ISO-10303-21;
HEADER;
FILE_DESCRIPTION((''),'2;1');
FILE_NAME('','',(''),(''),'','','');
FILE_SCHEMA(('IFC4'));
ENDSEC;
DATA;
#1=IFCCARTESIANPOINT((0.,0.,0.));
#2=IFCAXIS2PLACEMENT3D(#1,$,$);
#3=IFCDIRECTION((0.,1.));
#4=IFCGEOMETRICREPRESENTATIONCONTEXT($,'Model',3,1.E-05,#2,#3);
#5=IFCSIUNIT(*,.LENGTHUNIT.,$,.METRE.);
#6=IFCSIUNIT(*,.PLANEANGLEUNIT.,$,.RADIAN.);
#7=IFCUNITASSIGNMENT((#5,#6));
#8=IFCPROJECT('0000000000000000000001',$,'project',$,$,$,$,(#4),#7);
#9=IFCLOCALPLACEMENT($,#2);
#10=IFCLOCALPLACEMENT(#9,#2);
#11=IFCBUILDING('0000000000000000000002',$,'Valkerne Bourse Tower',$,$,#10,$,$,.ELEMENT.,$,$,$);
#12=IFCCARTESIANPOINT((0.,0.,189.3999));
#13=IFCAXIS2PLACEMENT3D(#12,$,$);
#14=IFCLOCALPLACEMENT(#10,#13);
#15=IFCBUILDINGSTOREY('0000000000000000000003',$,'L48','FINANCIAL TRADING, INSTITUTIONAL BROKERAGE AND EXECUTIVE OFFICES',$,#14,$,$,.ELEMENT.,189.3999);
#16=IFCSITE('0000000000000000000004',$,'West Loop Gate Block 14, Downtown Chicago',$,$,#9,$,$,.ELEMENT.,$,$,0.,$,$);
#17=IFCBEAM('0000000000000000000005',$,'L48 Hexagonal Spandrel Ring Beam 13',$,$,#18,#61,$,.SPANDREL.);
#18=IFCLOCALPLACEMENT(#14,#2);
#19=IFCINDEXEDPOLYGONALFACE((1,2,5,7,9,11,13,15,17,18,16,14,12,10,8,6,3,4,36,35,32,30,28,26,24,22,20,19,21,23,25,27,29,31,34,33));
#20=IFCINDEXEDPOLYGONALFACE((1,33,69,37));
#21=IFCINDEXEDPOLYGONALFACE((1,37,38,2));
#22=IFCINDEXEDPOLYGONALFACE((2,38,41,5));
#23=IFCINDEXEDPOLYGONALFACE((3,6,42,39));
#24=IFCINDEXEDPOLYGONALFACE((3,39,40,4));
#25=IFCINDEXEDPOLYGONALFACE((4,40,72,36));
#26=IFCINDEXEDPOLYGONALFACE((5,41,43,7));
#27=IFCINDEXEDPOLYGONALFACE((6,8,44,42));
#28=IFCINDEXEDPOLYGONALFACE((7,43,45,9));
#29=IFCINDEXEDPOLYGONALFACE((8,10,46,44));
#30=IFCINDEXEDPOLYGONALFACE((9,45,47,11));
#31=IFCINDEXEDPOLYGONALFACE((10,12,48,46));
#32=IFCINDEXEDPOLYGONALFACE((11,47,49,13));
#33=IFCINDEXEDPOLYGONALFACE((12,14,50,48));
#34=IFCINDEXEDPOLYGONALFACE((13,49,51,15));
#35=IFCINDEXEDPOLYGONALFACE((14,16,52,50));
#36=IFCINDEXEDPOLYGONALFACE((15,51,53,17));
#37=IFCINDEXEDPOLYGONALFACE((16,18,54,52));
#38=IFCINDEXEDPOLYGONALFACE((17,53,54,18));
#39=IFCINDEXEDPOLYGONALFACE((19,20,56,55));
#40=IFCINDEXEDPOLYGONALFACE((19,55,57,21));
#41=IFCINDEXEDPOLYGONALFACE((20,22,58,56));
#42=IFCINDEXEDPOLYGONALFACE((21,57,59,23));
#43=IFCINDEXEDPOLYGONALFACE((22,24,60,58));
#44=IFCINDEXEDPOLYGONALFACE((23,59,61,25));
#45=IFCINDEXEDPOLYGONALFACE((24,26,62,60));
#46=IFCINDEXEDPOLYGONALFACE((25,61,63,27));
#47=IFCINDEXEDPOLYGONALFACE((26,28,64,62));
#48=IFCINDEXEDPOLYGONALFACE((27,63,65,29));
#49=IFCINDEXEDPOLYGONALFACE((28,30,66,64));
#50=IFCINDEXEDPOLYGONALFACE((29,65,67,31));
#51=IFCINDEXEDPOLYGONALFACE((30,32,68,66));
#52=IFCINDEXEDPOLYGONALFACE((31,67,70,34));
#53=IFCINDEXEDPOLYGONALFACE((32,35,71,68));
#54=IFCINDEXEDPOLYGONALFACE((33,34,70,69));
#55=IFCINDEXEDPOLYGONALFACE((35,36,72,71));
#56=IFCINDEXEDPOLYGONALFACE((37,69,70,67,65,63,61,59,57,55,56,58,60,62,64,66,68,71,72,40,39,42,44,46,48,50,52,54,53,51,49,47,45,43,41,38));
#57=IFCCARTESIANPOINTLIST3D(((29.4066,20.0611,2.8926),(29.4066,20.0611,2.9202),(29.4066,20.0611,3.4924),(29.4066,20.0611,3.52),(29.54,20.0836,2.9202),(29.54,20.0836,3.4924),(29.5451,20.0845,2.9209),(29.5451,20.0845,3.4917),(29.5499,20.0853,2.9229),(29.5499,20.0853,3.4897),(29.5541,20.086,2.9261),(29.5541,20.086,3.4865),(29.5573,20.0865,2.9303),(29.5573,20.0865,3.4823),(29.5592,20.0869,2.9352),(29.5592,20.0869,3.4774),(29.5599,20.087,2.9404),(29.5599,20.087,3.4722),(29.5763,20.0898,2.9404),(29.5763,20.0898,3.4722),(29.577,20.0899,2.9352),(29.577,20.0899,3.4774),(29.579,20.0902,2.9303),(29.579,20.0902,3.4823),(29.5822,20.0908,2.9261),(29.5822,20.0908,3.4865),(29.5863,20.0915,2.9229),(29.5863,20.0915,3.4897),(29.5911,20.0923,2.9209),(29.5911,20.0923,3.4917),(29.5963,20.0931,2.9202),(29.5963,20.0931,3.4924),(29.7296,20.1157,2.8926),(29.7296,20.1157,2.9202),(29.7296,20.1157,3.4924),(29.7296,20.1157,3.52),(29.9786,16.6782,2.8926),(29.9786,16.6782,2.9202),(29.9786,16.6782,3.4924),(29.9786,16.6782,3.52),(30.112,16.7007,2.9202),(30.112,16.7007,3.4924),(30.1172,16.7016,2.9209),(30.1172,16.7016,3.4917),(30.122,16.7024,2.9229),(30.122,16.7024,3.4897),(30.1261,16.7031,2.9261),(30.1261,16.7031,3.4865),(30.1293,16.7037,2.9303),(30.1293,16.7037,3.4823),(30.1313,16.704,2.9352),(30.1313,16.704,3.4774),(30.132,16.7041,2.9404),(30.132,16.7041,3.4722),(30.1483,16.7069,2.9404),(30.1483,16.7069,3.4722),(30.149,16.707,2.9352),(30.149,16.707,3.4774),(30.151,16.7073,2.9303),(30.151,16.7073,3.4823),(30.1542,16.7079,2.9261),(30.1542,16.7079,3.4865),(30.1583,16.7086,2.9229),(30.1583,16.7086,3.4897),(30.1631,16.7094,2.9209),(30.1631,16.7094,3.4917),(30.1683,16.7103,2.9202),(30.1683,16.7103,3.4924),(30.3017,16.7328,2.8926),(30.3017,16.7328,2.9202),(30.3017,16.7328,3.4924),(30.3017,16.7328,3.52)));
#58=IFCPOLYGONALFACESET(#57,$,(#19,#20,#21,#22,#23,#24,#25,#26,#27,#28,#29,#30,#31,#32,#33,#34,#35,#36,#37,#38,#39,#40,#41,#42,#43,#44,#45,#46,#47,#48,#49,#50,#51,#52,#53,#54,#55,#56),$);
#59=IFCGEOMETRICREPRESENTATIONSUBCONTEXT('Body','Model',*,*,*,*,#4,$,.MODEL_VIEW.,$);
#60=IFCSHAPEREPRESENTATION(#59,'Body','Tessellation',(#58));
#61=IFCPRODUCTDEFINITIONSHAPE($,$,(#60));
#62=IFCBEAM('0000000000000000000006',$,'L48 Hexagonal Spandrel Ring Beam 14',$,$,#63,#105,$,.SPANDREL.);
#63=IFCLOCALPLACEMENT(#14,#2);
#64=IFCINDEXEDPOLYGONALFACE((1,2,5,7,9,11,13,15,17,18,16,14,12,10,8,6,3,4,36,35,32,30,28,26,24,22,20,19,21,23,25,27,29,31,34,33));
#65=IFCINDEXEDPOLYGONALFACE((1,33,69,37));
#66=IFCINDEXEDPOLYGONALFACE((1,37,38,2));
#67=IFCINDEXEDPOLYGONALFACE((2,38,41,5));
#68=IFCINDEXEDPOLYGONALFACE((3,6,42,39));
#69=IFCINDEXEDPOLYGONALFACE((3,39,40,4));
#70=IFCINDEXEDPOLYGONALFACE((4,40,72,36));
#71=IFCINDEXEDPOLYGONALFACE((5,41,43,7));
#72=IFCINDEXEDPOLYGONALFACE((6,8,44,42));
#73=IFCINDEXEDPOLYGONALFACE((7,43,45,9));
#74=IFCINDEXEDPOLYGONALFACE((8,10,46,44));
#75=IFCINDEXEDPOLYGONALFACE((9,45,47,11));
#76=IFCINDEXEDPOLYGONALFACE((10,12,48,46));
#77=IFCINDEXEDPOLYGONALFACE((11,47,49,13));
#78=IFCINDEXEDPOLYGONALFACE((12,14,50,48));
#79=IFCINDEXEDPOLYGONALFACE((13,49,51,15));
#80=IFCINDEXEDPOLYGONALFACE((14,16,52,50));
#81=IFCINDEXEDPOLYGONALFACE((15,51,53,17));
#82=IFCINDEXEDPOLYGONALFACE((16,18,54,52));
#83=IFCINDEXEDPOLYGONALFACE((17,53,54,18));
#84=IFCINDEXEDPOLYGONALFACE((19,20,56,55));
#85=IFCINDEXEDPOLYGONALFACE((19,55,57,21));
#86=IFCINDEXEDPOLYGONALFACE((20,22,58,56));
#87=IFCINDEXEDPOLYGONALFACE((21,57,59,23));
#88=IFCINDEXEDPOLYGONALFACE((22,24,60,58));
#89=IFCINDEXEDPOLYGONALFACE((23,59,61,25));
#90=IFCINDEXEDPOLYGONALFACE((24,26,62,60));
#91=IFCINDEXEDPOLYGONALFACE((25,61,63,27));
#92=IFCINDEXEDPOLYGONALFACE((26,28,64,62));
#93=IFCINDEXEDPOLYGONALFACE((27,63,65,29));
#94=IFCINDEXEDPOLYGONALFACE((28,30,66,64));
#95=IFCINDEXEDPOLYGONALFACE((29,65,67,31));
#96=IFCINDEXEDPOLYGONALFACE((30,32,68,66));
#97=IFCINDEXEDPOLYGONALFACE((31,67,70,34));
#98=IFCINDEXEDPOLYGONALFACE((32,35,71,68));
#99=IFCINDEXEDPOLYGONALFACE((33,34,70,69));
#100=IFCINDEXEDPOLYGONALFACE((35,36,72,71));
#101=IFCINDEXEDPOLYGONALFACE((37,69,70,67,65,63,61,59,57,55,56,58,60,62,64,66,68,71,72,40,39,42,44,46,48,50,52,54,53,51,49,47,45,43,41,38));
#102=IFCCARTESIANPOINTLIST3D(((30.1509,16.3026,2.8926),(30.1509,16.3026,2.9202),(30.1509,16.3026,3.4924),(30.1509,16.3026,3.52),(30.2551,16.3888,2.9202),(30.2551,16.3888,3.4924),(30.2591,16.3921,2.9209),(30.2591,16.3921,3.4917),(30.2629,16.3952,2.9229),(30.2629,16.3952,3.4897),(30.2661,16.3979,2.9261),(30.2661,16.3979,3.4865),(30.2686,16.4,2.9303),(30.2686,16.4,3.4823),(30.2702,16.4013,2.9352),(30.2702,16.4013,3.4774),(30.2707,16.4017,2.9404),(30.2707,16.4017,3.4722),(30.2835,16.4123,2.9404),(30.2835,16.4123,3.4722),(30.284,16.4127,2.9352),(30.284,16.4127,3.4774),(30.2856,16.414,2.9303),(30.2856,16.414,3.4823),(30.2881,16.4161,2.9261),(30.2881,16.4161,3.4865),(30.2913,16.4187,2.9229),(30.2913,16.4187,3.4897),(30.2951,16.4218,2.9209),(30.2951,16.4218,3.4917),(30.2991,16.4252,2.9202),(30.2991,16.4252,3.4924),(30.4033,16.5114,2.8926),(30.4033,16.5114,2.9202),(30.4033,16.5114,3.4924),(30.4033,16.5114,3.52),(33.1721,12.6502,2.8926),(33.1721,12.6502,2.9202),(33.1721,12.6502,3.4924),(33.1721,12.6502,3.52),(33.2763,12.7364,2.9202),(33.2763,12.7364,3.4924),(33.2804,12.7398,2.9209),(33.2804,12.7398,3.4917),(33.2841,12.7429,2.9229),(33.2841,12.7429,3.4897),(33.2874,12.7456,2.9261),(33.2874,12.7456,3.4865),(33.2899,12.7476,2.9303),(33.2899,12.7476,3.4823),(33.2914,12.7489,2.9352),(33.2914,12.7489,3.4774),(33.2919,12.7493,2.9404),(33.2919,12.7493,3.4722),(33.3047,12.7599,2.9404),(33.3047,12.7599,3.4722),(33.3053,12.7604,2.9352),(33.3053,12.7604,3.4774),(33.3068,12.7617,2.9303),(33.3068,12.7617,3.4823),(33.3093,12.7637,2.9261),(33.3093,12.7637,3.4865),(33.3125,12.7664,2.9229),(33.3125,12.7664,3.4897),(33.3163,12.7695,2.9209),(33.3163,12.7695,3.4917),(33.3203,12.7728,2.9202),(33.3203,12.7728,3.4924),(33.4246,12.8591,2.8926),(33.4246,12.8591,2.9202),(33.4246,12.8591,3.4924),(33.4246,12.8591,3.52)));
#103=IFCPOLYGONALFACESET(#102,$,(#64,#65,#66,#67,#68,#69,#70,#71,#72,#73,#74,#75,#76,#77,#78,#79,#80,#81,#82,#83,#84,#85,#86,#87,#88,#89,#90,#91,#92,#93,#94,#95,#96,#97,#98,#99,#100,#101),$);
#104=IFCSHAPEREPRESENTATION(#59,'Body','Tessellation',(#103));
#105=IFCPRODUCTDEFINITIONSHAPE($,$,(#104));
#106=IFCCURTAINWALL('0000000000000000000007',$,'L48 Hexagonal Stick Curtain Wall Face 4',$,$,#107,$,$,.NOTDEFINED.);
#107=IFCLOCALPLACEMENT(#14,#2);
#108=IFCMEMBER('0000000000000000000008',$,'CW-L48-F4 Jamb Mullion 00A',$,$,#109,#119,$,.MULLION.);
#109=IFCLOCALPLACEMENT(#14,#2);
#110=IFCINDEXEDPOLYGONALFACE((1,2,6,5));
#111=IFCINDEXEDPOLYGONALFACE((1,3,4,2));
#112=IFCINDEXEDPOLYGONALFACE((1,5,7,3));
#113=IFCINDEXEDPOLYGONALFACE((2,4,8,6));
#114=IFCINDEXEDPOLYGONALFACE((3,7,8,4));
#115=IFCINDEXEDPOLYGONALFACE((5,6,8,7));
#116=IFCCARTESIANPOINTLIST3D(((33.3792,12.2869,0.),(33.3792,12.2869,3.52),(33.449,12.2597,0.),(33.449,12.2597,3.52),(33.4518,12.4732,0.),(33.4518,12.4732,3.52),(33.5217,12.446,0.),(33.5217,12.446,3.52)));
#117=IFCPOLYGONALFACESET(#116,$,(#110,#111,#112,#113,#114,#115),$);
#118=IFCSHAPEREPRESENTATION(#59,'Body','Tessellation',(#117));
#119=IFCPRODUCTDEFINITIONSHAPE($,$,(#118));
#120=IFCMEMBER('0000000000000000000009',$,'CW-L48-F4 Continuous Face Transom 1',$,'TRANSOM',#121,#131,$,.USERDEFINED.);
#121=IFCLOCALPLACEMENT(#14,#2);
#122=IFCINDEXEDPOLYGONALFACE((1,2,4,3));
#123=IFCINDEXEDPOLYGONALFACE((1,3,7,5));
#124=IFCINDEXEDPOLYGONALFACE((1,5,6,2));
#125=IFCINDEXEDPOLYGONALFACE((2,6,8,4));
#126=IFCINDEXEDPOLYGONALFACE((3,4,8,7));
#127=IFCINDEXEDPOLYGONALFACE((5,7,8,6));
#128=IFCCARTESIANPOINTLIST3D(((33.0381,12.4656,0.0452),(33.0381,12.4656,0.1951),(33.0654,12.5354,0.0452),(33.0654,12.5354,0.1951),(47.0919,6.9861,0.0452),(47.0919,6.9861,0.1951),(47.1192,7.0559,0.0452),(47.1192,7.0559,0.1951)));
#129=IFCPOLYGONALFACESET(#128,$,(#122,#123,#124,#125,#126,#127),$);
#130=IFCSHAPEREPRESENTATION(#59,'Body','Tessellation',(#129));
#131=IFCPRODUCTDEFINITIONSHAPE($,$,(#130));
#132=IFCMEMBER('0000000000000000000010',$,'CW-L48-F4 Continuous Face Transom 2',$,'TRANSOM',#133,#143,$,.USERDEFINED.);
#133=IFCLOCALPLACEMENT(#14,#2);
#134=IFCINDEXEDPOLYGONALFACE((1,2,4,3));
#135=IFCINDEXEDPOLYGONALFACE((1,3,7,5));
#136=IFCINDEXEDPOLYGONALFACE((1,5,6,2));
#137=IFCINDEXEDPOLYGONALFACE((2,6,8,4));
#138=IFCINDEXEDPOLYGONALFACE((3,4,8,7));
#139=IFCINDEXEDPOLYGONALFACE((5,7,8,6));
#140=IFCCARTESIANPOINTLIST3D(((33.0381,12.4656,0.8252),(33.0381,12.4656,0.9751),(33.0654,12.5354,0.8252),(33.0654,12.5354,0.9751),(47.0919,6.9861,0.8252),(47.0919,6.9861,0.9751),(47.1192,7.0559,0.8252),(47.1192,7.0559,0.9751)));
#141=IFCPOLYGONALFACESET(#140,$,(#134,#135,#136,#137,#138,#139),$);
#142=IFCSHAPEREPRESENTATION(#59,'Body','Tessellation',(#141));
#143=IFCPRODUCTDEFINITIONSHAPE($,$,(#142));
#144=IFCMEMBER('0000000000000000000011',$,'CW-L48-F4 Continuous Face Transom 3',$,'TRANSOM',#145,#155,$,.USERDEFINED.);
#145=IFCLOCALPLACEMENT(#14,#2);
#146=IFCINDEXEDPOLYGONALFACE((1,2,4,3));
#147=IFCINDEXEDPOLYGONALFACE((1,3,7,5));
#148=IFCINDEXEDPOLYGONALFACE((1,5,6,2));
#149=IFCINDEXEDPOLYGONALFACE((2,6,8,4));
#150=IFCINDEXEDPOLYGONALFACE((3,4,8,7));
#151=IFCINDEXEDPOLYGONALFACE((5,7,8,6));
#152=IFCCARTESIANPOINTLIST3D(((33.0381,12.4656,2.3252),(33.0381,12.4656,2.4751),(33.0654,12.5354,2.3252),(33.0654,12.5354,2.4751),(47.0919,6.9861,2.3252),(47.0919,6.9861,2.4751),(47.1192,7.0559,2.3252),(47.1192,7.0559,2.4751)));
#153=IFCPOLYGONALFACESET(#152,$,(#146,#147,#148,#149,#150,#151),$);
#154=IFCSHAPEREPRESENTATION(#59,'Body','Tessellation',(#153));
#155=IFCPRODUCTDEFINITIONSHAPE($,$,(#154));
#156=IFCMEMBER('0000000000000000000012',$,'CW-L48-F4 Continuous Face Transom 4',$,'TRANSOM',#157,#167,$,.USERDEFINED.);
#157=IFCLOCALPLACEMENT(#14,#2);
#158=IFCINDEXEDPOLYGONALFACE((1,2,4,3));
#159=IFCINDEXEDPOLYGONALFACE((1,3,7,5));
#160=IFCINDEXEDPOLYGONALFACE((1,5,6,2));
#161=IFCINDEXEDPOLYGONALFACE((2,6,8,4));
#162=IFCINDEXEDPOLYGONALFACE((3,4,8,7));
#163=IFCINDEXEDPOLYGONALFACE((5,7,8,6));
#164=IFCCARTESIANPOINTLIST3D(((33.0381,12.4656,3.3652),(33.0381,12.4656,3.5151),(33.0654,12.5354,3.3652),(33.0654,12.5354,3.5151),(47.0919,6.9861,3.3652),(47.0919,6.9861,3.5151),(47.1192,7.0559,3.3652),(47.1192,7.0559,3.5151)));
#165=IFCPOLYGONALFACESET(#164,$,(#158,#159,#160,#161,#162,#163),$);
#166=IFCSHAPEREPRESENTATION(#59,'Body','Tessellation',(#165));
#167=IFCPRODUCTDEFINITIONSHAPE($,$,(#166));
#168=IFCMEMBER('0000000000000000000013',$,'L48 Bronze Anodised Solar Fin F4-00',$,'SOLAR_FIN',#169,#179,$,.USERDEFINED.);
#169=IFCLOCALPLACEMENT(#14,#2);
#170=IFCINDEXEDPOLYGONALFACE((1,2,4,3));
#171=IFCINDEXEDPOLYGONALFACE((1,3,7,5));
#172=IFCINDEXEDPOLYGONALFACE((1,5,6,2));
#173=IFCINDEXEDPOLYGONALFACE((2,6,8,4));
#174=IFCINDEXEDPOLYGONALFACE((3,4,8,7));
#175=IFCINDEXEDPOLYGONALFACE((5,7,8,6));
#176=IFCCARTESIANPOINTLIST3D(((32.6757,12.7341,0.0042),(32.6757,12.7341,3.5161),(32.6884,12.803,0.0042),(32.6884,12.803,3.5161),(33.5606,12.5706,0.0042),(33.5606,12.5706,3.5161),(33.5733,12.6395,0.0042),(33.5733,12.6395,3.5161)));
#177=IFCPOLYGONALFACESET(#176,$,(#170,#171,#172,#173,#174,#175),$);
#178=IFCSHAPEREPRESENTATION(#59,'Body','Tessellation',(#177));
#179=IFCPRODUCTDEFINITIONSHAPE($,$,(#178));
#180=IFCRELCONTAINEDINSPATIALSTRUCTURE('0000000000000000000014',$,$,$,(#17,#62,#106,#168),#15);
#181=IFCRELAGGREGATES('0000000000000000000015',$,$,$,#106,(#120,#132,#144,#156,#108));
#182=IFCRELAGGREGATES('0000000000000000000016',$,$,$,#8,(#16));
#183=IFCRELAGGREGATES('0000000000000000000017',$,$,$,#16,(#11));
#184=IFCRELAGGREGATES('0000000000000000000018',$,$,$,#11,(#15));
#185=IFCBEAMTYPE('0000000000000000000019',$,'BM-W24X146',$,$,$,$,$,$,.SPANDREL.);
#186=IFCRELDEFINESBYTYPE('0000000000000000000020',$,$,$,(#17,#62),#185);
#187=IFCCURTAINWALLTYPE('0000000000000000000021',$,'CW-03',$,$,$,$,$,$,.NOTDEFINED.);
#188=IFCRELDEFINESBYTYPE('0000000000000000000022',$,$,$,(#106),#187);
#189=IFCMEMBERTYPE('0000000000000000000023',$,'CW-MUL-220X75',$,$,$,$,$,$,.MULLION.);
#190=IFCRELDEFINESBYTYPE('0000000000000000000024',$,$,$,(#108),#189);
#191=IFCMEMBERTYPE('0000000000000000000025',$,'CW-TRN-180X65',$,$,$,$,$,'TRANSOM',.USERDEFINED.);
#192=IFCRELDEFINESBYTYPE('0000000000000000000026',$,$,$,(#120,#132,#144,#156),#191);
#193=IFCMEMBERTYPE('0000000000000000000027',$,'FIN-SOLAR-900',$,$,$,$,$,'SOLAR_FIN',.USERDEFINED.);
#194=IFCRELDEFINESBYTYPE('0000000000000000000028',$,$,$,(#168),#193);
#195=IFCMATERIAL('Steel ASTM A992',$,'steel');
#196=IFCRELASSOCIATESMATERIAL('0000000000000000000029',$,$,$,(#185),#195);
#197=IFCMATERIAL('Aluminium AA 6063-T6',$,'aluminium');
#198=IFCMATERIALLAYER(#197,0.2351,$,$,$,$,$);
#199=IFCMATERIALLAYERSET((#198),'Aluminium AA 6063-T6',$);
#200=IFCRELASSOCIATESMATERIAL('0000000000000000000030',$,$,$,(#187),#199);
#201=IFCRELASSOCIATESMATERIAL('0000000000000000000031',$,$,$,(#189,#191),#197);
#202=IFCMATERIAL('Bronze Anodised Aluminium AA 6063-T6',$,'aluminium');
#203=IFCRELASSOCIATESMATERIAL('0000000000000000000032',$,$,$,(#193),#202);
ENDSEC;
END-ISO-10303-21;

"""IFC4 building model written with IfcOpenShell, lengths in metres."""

from ifc_helpers import new_model, si_unit, direction, frame, origin, origin_2d, place, context, subcontext, project, spatial, rectangle, i_section, extrude, material, layer, layer_set, material_profile, profile_set, type_object, element, aggregate, save


model = new_model("IFC4")

# Units and contexts
model_context = context("Model", 3, precision=1e-05, world=origin(), true_north=direction((0.0, 1.0)))
body_context = subcontext(model_context, "Body", "Model", "MODEL_VIEW")
ifc_project = project(units=[si_unit("LENGTHUNIT", "METRE"), si_unit("PLANEANGLEUNIT", "RADIAN")], contexts=[model_context])

# Site, building, storey
site_placement = place(None, origin())
site = spatial("IfcSite", under=ifc_project, at=site_placement, Name="West Loop Gate Block 14, Downtown Chicago", CompositionType="ELEMENT", RefElevation=0.0)
building_placement = place(site_placement, origin())
building = spatial("IfcBuilding", under=site, at=building_placement, Name="Valkerne Bourse Tower", CompositionType="ELEMENT")
storey_placement = place(building_placement, frame((0.0, 0.0, 189.3999)))
storey = spatial("IfcBuildingStorey", under=building, at=storey_placement, Name="L48", Description="FINANCIAL TRADING, INSTITUTIONAL BROKERAGE AND EXECUTIVE OFFICES", CompositionType="ELEMENT", Elevation=189.3999)

# Beams
ifc_material_1 = material(Name="Steel ASTM A992", Category="steel")
ifc_material_profile_1 = material_profile(ifc_material_1, i_section(OverallWidth=0.3276, OverallDepth=0.6274, WebThickness=0.0166, FlangeThickness=0.0276, FilletRadius=0.0203, at=origin_2d()), Name="W24X146")
ifc_profile_set_1 = profile_set([ifc_material_profile_1], Name="Steel ASTM A992")
beam_type_1 = type_object("IfcBeamType", Name="BM-W24X146", PredefinedType="SPANDREL", material=ifc_profile_set_1)
beam_1_placement = place(storey_placement, frame((29.5681, 20.0884, 3.2063), z_axis=(0.16673, -0.986003, 0.0), x_axis=(0.986003, 0.16673, 0.0)))
element("IfcBeam", 1, at=beam_1_placement, inside=storey, type_object=beam_type_1, Name="L48 Hexagonal Spandrel Ring Beam 13", PredefinedType="SPANDREL", context=body_context, shape_type="SweptSolid", body=[
    extrude(i_section(OverallWidth=0.3276, OverallDepth=0.6274, WebThickness=0.0166, FlangeThickness=0.0276, FilletRadius=0.0203, at=origin_2d()), origin(), (0.0, 0.0, 1.0), 3.4309),
])
beam_2_placement = place(storey_placement, frame((30.2771, 16.407, 3.2063), z_axis=(0.637394, -0.770538, 0.0), x_axis=(0.770538, 0.637394, 0.0)))
element("IfcBeam", 2, at=beam_2_placement, inside=storey, type_object=beam_type_1, Name="L48 Hexagonal Spandrel Ring Beam 14", PredefinedType="SPANDREL", context=body_context, shape_type="SweptSolid", body=[
    extrude(i_section(OverallWidth=0.3276, OverallDepth=0.6274, WebThickness=0.0166, FlangeThickness=0.0276, FilletRadius=0.0203, at=origin_2d()), origin(), (0.0, 0.0, 1.0), 4.74),
])

# Curtain wall, members
ifc_material_2 = material(Name="Aluminium AA 6063-T6", Category="aluminium")
ifc_layer_1 = layer(ifc_material_2, 0.2351)
ifc_layer_set_1 = layer_set([ifc_layer_1], Name="Aluminium AA 6063-T6")
curtain_wall_type = type_object("IfcCurtainWallType", Name="CW-03", PredefinedType="NOTDEFINED", material=ifc_layer_set_1)
curtain_wall_placement = place(storey_placement, origin())
curtain_wall = element("IfcCurtainWall", 3, at=curtain_wall_placement, inside=storey, type_object=curtain_wall_type, Name="L48 Hexagonal Stick Curtain Wall Face 4", PredefinedType="NOTDEFINED")
ifc_material_profile_2 = material_profile(ifc_material_2, rectangle(XDim=0.075, YDim=0.2, at=origin_2d()), Name="CWM-75X200")
ifc_profile_set_2 = profile_set([ifc_material_profile_2], Name="Aluminium AA 6063-T6")
member_type_1 = type_object("IfcMemberType", Name="CW-MUL-220X75", PredefinedType="MULLION", material=ifc_profile_set_2)
member_1_placement = place(storey_placement, frame((33.4504, 12.3665, 0.0), z_axis=(0.0, 0.0, 1.0), x_axis=(0.931684, -0.36327, 0.0)))
member_1 = element("IfcMember", 4, at=member_1_placement, type_object=member_type_1, Name="CW-L48-F4 Jamb Mullion 00A", PredefinedType="MULLION", context=body_context, shape_type="SweptSolid", body=[
    extrude(rectangle(XDim=0.075, YDim=0.2, at=origin_2d()), origin(), (0.0, 0.0, 1.0), 3.52),
])
ifc_material_profile_3 = material_profile(ifc_material_2, rectangle(XDim=0.075, YDim=0.1499, at=origin_2d()), Name="CWT-75X150")
ifc_profile_set_3 = profile_set([ifc_material_profile_3], Name="Aluminium AA 6063-T6")
member_type_2 = type_object("IfcMemberType", Name="CW-TRN-180X65", ElementType="TRANSOM", PredefinedType="USERDEFINED", material=ifc_profile_set_3)
member_2_placement = place(storey_placement, frame((33.0518, 12.5005, 0.1201), z_axis=(0.931687, -0.363262, 0.0), x_axis=(0.363262, 0.931687, 0.0)))
member_2 = element("IfcMember", 5, at=member_2_placement, type_object=member_type_2, Name="CW-L48-F4 Continuous Face Transom 1", ObjectType="TRANSOM", PredefinedType="USERDEFINED", context=body_context, shape_type="SweptSolid", body=[
    extrude(rectangle(XDim=0.075, YDim=0.1499, at=origin_2d()), origin(), (0.0, 0.0, 1.0), 15.0842),
])
member_3_placement = place(storey_placement, frame((33.0518, 12.5005, 0.9001), z_axis=(0.931687, -0.363262, 0.0), x_axis=(0.363262, 0.931687, 0.0)))
member_3 = element("IfcMember", 6, at=member_3_placement, type_object=member_type_2, Name="CW-L48-F4 Continuous Face Transom 2", ObjectType="TRANSOM", PredefinedType="USERDEFINED", context=body_context, shape_type="SweptSolid", body=[
    extrude(rectangle(XDim=0.075, YDim=0.1499, at=origin_2d()), origin(), (0.0, 0.0, 1.0), 15.0842),
])
member_4_placement = place(storey_placement, frame((33.0518, 12.5005, 2.4001), z_axis=(0.931687, -0.363262, 0.0), x_axis=(0.363262, 0.931687, 0.0)))
member_4 = element("IfcMember", 7, at=member_4_placement, type_object=member_type_2, Name="CW-L48-F4 Continuous Face Transom 3", ObjectType="TRANSOM", PredefinedType="USERDEFINED", context=body_context, shape_type="SweptSolid", body=[
    extrude(rectangle(XDim=0.075, YDim=0.1499, at=origin_2d()), origin(), (0.0, 0.0, 1.0), 15.0842),
])
member_5_placement = place(storey_placement, frame((33.0518, 12.5005, 3.4402), z_axis=(0.931687, -0.363262, 0.0), x_axis=(0.363262, 0.931687, 0.0)))
member_5 = element("IfcMember", 8, at=member_5_placement, type_object=member_type_2, Name="CW-L48-F4 Continuous Face Transom 4", ObjectType="TRANSOM", PredefinedType="USERDEFINED", context=body_context, shape_type="SweptSolid", body=[
    extrude(rectangle(XDim=0.075, YDim=0.1499, at=origin_2d()), origin(), (0.0, 0.0, 1.0), 15.0842),
])
aggregate(curtain_wall, [member_2, member_3, member_4, member_5, member_1])

# Member
ifc_material_3 = material(Name="Bronze Anodised Aluminium AA 6063-T6", Category="aluminium")
ifc_material_profile_4 = material_profile(ifc_material_3, rectangle(XDim=0.0701, YDim=0.8999, at=origin_2d()), Name="FIN-70X900")
ifc_profile_set_4 = profile_set([ifc_material_profile_4], Name="Bronze Anodised Aluminium AA 6063-T6")
member_type_3 = type_object("IfcMemberType", Name="FIN-SOLAR-900", ElementType="SOLAR_FIN", PredefinedType="USERDEFINED", material=ifc_profile_set_4)
member_6_placement = place(storey_placement, frame((33.1245, 12.6868, 0.0042), z_axis=(0.0, 0.0, 1.0), x_axis=(-0.181679, -0.983358, 0.0)))
element("IfcMember", 9, at=member_6_placement, inside=storey, type_object=member_type_3, Name="L48 Bronze Anodised Solar Fin F4-00", ObjectType="SOLAR_FIN", PredefinedType="USERDEFINED", context=body_context, shape_type="SweptSolid", body=[
    extrude(rectangle(XDim=0.0701, YDim=0.8999, at=origin_2d()), origin(), (0.0, 0.0, 1.0), 3.512),
])

save(model, "model.ifc")
